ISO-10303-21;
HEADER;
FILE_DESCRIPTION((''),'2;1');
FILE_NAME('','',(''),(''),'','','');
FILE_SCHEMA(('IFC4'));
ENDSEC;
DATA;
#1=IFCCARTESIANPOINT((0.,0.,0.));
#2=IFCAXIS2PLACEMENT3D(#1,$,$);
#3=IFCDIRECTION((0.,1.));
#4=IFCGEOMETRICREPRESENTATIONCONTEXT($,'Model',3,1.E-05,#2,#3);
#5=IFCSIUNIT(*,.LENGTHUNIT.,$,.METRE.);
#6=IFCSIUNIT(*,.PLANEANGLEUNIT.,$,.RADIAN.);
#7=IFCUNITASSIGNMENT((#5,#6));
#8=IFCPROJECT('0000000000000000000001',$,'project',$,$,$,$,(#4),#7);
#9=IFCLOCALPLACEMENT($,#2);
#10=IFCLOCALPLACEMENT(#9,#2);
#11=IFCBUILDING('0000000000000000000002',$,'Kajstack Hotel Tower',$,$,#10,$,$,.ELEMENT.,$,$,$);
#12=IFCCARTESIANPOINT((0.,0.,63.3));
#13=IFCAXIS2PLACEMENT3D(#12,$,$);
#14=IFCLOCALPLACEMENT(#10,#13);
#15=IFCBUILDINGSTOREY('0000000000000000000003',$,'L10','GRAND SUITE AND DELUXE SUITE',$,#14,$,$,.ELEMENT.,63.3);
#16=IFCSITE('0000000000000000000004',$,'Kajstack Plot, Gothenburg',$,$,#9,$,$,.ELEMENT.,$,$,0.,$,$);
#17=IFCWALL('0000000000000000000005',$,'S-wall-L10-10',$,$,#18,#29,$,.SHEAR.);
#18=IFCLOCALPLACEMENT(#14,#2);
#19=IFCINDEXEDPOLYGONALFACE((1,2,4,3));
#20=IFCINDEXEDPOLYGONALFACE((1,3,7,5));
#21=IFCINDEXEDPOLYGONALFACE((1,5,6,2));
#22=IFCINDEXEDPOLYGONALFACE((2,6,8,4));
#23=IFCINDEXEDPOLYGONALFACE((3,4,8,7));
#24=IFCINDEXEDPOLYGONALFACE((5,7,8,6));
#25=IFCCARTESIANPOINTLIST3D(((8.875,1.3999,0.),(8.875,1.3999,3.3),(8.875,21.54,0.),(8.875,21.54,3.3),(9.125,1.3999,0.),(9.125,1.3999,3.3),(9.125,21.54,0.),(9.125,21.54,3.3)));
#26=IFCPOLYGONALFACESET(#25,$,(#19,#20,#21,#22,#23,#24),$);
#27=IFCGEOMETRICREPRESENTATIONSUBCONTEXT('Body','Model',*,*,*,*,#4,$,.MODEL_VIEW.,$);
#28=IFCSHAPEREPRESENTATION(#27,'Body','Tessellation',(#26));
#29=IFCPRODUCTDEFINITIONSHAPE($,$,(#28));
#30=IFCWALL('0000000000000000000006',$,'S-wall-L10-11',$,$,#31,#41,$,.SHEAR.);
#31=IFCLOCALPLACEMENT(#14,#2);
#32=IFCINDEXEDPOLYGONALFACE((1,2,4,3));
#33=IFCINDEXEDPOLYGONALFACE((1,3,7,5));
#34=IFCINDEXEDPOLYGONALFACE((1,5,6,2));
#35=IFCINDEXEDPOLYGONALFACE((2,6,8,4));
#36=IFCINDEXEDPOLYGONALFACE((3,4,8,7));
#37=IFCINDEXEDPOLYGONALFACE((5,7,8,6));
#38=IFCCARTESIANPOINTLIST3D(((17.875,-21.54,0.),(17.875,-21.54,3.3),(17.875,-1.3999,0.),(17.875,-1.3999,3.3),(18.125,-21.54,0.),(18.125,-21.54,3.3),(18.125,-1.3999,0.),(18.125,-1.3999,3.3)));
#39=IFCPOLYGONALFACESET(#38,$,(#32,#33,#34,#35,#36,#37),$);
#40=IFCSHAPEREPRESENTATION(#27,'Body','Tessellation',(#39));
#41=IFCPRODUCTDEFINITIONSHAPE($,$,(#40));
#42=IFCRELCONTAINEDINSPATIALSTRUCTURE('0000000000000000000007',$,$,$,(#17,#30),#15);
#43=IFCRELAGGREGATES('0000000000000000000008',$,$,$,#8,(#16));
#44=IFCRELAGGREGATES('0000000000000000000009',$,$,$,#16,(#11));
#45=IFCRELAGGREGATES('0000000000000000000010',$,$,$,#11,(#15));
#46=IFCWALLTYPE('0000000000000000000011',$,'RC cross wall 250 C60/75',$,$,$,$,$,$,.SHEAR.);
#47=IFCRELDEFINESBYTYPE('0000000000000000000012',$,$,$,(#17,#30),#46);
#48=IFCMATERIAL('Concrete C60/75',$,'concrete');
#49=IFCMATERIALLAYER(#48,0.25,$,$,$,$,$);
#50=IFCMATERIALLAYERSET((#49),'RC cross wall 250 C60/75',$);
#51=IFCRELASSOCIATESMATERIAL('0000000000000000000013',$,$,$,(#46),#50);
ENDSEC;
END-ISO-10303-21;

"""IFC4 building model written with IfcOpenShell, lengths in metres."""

from ifc_helpers import new_model, si_unit, direction, frame, frame_2d, origin, place, context, subcontext, project, spatial, rectangle, extrude, material, layer, layer_set, type_object, element, save


model = new_model("IFC4")

# Units and contexts
model_context = context("Model", 3, precision=1e-05, world=origin(), true_north=direction((0.0, 1.0)))
body_context = subcontext(model_context, "Body", "Model", "MODEL_VIEW")
ifc_project = project(units=[si_unit("LENGTHUNIT", "METRE"), si_unit("PLANEANGLEUNIT", "RADIAN")], contexts=[model_context])

# Site, building, storey
site_placement = place(None, origin())
site = spatial("IfcSite", under=ifc_project, at=site_placement, Name="Kajstack Plot, Gothenburg", CompositionType="ELEMENT", RefElevation=0.0)
building_placement = place(site_placement, origin())
building = spatial("IfcBuilding", under=site, at=building_placement, Name="Kajstack Hotel Tower", CompositionType="ELEMENT")
storey_placement = place(building_placement, frame((0.0, 0.0, 63.3)))
storey = spatial("IfcBuildingStorey", under=building, at=storey_placement, Name="L10", Description="GRAND SUITE AND DELUXE SUITE", CompositionType="ELEMENT", Elevation=63.3)

# Shared definitions
ifc_material_1 = material(Name="Concrete C60/75", Category="concrete")

# Walls
ifc_layer_1 = layer(ifc_material_1, 0.25)
ifc_layer_set_1 = layer_set([ifc_layer_1], Name="RC cross wall 250 C60/75")
wall_type_1 = type_object("IfcWallType", Name="RC cross wall 250 C60/75", PredefinedType="SHEAR", material=ifc_layer_set_1)
for number, where, z_axis, x_axis, name in (
    (1, (9.0, 1.3999, 0.0), (0.0, 0.0, 1.0), (0.0, 1.0, 0.0), "S-wall-L10-10"),
    (2, (18.0, -21.54, 0.0), (0.0, 0.0, 1.0), (0.0, 1.0, 0.0), "S-wall-L10-11"),
):
    element("IfcWall", number, at=place(storey_placement, frame(where, z_axis=z_axis, x_axis=x_axis)), inside=storey, type_object=wall_type_1, Name=name, PredefinedType="SHEAR", context=body_context, shape_type="SweptSolid", body=[
        extrude(rectangle(XDim=20.1401, YDim=0.25, at=frame_2d((10.0701, 0.0))), origin(), (0.0, 0.0, 1.0), 3.3),
    ])

save(model, "model.ifc")
